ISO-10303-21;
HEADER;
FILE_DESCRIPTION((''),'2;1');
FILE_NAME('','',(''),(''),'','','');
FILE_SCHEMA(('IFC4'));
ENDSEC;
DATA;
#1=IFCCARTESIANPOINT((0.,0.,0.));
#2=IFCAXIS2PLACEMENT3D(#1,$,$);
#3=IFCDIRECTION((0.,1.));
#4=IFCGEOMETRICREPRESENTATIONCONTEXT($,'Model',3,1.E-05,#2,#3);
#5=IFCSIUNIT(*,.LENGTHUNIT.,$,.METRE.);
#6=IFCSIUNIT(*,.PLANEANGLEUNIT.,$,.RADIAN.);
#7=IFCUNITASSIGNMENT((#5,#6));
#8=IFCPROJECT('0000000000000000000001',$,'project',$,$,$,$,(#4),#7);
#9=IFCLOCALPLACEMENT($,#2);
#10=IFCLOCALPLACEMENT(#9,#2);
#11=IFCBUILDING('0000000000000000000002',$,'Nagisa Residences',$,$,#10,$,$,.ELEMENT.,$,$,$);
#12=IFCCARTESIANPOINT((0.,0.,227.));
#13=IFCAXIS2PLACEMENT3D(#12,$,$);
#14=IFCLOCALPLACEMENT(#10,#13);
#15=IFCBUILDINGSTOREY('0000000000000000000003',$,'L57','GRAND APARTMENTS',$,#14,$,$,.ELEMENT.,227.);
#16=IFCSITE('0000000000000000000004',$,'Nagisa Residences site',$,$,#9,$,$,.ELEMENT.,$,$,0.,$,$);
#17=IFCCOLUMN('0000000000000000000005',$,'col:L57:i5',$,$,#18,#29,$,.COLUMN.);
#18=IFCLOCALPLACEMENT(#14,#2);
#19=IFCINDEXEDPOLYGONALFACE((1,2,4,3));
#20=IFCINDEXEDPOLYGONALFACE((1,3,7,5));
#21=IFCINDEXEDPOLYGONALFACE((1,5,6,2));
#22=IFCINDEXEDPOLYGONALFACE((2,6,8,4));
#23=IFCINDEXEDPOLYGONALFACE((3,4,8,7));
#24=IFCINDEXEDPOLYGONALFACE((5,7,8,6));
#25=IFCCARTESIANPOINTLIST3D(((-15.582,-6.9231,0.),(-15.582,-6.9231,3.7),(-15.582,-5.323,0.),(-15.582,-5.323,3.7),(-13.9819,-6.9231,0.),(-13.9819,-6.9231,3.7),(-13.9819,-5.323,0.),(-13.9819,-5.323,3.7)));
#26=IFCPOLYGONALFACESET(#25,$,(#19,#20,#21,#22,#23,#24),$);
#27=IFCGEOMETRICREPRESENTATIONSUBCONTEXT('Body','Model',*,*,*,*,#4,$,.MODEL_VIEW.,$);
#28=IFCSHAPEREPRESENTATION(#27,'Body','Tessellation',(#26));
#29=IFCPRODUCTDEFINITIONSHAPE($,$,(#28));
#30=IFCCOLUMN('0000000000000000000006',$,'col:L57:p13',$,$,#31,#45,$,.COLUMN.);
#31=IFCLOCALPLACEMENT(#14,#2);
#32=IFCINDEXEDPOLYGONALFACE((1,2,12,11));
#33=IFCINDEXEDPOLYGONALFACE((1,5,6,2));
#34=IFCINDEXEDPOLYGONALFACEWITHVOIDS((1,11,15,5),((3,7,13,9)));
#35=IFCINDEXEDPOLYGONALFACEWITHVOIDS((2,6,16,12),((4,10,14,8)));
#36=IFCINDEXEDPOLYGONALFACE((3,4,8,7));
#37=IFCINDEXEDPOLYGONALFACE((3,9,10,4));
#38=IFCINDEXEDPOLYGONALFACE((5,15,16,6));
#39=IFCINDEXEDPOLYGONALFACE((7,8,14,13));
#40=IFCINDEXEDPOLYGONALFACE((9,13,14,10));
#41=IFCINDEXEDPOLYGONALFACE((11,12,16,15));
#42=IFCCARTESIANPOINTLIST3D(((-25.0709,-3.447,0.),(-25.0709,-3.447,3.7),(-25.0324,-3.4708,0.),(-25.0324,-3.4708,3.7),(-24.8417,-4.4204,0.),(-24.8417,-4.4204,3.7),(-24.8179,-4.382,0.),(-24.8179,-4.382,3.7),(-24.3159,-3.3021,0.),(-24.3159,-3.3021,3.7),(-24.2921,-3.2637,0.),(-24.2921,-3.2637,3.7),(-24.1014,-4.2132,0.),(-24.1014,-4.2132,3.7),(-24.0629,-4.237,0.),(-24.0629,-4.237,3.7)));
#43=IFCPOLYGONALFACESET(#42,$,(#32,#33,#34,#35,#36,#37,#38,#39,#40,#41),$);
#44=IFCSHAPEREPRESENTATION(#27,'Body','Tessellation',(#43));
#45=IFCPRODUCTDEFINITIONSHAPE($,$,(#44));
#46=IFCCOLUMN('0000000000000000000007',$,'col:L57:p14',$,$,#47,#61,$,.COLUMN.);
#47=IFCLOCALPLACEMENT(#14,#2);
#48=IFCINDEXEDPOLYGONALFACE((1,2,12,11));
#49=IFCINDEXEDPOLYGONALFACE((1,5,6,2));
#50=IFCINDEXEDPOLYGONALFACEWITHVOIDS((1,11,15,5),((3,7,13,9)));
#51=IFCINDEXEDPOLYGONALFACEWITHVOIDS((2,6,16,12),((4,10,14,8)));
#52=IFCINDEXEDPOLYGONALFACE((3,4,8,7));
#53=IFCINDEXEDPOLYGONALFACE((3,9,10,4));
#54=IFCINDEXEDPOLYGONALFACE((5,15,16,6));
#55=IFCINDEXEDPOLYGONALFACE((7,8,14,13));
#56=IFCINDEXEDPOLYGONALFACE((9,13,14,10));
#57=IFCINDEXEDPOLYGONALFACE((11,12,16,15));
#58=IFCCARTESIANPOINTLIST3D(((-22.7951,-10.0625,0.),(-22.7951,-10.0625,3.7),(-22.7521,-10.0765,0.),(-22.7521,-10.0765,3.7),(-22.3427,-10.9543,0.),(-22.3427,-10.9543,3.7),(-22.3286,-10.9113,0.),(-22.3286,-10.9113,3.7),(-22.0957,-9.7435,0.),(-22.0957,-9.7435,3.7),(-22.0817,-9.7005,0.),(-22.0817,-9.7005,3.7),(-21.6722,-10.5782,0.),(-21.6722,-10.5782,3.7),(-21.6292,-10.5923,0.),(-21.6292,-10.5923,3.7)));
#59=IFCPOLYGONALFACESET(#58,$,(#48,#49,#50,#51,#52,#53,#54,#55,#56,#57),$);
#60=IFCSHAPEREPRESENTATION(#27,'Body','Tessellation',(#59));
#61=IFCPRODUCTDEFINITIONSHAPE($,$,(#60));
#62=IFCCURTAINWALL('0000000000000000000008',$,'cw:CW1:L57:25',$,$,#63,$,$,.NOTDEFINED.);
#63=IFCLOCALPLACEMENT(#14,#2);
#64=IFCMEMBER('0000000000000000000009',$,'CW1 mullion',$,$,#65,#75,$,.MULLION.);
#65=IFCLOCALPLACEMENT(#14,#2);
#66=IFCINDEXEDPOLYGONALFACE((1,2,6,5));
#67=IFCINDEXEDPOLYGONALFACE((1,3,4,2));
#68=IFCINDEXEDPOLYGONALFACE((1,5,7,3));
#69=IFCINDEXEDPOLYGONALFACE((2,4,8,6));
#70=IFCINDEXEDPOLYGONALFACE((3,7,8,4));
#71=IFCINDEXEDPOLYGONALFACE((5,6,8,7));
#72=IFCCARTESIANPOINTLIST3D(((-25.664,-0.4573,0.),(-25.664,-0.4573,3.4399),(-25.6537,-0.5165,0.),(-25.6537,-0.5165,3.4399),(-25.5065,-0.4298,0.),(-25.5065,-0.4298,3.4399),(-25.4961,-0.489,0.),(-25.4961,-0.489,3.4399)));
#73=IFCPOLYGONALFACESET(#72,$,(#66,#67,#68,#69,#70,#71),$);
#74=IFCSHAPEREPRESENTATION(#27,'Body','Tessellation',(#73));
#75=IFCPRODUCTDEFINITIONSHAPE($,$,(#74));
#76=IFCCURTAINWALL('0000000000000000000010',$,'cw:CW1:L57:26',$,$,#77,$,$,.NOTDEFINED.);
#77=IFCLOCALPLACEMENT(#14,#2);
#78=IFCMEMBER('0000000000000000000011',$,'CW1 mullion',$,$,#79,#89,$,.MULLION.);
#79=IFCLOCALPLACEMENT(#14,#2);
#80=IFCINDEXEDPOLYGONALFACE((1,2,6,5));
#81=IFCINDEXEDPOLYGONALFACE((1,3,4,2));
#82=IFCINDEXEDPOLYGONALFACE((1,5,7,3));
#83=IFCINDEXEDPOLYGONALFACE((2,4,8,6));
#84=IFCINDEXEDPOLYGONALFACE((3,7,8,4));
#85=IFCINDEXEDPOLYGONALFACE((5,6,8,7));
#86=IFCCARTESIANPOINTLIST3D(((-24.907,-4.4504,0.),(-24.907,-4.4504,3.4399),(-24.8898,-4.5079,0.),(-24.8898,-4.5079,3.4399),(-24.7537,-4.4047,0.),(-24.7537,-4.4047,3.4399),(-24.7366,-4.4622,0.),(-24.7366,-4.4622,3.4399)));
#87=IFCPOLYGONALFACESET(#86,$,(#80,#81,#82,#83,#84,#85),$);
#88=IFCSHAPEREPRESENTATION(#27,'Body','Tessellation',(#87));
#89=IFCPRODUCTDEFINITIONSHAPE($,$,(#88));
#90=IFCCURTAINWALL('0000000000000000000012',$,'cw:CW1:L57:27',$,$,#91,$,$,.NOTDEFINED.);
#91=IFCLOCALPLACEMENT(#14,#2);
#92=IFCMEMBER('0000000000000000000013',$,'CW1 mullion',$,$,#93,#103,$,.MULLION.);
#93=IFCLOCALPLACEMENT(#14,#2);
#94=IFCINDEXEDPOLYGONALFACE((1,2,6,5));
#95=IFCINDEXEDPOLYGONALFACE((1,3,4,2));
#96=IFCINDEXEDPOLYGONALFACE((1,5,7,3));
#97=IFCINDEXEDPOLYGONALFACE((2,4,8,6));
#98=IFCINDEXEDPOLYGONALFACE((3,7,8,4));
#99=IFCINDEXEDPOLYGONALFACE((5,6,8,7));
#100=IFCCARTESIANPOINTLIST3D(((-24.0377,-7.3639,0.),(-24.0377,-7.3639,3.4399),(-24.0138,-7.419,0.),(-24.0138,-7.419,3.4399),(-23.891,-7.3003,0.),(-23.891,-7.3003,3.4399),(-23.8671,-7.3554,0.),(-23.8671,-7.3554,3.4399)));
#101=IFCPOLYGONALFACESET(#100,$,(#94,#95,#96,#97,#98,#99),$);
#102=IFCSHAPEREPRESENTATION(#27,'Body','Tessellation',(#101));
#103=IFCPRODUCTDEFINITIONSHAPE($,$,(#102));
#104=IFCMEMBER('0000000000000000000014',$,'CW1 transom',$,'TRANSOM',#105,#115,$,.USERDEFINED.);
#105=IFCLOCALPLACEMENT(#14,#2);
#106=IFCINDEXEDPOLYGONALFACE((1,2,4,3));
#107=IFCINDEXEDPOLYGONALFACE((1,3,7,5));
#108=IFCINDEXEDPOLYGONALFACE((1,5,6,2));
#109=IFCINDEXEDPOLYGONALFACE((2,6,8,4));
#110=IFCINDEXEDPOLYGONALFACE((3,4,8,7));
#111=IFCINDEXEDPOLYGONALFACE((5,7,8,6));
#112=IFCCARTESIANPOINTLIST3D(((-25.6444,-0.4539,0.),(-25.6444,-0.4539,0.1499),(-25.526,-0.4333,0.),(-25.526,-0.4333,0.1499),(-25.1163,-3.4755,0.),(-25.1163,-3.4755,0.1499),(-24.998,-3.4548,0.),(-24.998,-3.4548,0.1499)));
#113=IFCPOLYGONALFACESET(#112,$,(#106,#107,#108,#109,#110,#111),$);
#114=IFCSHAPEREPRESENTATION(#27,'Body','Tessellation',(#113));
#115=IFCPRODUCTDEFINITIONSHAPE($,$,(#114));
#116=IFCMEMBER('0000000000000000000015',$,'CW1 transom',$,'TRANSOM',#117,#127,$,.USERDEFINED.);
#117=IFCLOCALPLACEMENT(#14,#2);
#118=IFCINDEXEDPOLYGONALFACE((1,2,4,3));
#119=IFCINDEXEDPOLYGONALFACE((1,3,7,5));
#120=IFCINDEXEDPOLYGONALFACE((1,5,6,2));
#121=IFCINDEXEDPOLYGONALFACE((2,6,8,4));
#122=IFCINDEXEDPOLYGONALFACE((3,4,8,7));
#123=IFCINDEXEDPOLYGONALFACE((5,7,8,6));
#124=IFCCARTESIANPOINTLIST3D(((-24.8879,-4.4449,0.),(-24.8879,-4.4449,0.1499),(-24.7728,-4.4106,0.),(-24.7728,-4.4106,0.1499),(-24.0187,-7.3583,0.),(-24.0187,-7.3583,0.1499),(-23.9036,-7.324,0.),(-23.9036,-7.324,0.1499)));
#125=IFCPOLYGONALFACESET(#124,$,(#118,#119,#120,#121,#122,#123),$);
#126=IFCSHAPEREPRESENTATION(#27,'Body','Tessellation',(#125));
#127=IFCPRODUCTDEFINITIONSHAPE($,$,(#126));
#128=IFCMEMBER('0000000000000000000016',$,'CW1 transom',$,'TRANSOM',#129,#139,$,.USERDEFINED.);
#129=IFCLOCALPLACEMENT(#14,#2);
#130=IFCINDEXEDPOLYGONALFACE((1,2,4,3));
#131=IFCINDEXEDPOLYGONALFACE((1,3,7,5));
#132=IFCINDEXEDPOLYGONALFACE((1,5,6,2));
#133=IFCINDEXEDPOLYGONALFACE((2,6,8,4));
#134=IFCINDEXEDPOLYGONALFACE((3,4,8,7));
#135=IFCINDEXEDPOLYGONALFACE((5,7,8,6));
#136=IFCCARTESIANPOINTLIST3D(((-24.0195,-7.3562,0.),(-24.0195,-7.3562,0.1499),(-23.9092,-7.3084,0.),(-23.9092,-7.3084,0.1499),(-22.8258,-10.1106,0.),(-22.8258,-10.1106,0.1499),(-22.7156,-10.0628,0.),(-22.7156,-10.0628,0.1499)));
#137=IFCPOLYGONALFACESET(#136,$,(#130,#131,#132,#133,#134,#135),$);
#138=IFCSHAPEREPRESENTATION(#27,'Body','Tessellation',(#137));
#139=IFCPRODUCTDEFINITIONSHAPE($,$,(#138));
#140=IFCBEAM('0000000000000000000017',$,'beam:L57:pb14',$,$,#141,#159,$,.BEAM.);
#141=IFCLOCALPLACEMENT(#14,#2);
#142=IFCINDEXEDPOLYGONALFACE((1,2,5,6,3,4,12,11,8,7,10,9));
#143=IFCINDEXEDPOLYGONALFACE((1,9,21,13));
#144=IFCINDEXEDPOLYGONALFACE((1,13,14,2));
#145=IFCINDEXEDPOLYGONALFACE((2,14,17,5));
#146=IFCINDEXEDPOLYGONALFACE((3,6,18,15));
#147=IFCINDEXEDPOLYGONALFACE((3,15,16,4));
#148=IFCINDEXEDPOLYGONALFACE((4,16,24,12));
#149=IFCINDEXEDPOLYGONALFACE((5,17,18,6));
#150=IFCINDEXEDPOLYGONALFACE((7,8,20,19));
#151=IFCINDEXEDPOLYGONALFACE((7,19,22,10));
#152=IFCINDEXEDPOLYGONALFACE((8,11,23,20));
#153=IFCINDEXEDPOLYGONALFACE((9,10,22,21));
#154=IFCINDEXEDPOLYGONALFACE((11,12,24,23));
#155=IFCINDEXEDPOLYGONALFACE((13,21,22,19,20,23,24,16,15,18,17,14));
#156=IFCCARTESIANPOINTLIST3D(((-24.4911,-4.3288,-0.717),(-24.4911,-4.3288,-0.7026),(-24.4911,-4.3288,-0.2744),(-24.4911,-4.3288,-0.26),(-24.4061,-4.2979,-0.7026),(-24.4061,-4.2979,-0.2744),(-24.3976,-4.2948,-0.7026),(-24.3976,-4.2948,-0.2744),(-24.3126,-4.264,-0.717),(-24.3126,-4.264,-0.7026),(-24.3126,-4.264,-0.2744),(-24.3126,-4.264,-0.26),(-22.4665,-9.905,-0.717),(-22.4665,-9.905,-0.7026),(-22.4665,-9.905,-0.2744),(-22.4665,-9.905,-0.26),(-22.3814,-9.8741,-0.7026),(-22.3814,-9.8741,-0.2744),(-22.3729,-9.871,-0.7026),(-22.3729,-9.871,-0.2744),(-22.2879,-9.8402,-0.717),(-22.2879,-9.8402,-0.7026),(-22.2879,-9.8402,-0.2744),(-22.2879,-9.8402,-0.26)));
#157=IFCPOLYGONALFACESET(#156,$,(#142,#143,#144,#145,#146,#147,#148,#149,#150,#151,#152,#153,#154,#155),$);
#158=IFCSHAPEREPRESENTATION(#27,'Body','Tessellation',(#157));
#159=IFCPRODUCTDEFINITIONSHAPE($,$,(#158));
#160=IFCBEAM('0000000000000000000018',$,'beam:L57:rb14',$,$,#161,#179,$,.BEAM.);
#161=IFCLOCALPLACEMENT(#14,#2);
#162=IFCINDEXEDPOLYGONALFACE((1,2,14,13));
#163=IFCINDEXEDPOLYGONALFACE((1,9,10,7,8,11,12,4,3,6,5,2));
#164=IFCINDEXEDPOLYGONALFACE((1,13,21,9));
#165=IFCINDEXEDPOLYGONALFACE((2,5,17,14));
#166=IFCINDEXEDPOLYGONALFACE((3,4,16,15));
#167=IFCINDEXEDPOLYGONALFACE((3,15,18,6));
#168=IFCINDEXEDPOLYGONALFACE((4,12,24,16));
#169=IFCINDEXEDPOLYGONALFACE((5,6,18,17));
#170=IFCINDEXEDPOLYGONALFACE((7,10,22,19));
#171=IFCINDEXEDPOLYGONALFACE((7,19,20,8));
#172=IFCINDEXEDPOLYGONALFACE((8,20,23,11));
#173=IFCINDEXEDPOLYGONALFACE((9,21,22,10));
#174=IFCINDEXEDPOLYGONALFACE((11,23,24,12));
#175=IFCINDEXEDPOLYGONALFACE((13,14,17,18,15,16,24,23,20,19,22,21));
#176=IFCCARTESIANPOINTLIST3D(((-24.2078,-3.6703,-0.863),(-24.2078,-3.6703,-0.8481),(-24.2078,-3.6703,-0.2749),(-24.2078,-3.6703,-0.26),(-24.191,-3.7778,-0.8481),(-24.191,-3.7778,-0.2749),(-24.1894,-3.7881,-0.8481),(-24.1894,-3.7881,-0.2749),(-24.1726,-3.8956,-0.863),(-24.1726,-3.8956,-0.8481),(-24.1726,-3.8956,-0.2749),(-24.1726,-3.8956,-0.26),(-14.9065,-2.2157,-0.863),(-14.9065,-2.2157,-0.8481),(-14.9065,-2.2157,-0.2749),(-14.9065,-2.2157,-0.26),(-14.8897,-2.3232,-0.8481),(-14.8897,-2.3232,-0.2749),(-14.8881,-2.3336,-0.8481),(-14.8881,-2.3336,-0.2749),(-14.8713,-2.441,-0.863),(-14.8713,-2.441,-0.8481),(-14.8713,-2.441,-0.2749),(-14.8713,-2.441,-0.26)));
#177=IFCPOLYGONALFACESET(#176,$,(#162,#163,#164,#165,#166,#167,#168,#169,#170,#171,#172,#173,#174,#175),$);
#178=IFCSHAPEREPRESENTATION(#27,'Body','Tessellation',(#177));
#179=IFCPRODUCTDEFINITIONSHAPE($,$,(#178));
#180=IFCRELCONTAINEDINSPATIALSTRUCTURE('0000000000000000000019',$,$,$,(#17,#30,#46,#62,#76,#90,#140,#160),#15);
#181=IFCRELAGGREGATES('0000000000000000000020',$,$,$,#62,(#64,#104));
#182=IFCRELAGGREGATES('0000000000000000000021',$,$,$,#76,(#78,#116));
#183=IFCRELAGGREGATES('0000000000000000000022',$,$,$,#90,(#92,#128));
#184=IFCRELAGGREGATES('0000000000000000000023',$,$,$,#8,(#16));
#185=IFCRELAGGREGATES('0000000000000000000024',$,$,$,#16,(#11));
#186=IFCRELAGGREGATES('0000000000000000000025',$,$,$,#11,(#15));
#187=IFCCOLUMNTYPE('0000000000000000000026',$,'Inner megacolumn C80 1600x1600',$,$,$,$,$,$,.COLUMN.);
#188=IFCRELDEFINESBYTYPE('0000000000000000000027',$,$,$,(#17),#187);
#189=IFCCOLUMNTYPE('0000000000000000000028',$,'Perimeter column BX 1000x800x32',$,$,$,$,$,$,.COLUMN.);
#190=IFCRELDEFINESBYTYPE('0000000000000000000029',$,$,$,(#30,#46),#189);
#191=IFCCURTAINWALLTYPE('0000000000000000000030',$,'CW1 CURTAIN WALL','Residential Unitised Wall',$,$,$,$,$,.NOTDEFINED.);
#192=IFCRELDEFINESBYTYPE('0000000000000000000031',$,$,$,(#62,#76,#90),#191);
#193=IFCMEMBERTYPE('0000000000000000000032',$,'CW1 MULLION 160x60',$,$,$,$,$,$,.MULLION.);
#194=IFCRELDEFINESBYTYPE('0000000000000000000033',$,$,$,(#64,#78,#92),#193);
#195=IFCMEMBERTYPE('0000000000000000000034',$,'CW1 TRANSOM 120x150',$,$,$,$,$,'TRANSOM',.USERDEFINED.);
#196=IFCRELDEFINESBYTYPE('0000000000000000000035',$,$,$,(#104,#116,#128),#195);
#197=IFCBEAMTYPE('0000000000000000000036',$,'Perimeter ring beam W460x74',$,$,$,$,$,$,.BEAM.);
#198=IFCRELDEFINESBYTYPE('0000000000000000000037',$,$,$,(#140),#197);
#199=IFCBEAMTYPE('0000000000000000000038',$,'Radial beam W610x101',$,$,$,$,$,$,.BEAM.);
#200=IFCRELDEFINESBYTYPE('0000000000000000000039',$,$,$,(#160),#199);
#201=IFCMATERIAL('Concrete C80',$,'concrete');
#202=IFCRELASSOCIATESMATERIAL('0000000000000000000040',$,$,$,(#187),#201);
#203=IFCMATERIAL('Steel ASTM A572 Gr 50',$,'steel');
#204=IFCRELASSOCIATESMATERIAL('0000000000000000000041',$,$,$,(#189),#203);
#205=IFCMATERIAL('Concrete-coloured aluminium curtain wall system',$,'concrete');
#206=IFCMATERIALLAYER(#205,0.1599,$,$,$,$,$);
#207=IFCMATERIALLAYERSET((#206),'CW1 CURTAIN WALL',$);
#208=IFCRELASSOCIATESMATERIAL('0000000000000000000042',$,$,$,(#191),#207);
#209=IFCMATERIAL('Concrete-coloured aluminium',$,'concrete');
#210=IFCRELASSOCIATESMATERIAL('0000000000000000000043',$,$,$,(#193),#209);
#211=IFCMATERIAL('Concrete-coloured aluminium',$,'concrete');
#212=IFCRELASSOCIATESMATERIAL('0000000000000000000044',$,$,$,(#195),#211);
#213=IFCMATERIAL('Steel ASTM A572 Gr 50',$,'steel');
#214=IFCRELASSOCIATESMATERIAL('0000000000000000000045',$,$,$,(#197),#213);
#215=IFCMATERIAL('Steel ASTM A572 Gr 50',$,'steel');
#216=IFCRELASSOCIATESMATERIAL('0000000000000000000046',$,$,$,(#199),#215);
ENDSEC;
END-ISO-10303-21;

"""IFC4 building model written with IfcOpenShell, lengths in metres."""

from ifc_helpers import new_model, si_unit, direction, frame, origin, origin_2d, place, context, subcontext, project, spatial, rectangle, hollow_rectangle, i_section, extrude, material, layer, layer_set, material_profile, profile_set, type_object, element, aggregate, save


model = new_model("IFC4")

# Units and contexts
model_context = context("Model", 3, precision=1e-05, world=origin(), true_north=direction((0.0, 1.0)))
body_context = subcontext(model_context, "Body", "Model", "MODEL_VIEW")
ifc_project = project(units=[si_unit("LENGTHUNIT", "METRE"), si_unit("PLANEANGLEUNIT", "RADIAN")], contexts=[model_context])

# Site, building, storey
site_placement = place(None, origin())
site = spatial("IfcSite", under=ifc_project, at=site_placement, Name="Nagisa Residences site", CompositionType="ELEMENT", RefElevation=0.0)
building_placement = place(site_placement, origin())
building = spatial("IfcBuilding", under=site, at=building_placement, Name="Nagisa Residences", CompositionType="ELEMENT")
storey_placement = place(building_placement, frame((0.0, 0.0, 227.0)))
storey = spatial("IfcBuildingStorey", under=building, at=storey_placement, Name="L57", Description="GRAND APARTMENTS", CompositionType="ELEMENT", Elevation=227.0)

# Columns
ifc_material_1 = material(Name="Concrete C80", Category="concrete")
ifc_material_profile_1 = material_profile(ifc_material_1, rectangle(XDim=1.6001, YDim=1.6001, at=origin_2d()), Name="C80 1600x1600")
ifc_profile_set_1 = profile_set([ifc_material_profile_1], Name="Concrete C80")
column_type_1 = type_object("IfcColumnType", Name="Inner megacolumn C80 1600x1600", PredefinedType="COLUMN", material=ifc_profile_set_1)
column_placement = place(storey_placement, frame((-14.782, -6.123, 0.0), z_axis=(0.0, 0.0, 1.0), x_axis=(1.0, 0.0, 0.0)))
element("IfcColumn", 1, at=column_placement, inside=storey, type_object=column_type_1, Name="col:L57:i5", PredefinedType="COLUMN", context=body_context, shape_type="SweptSolid", body=[
    extrude(rectangle(XDim=1.6001, YDim=1.6001, at=origin_2d()), origin(), (0.0, 0.0, 1.0), 3.7),
])
ifc_material_2 = material(Name="Steel ASTM A572 Gr 50", Category="steel")
ifc_material_profile_2 = material_profile(ifc_material_2, hollow_rectangle(XDim=1.0, YDim=0.8, WallThickness=0.032, at=origin_2d()), Name="BX 1000x800x32")
ifc_profile_set_2 = profile_set([ifc_material_profile_2], Name="Steel ASTM A572 Gr 50")
column_type_2 = type_object("IfcColumnType", Name="Perimeter column BX 1000x800x32", PredefinedType="COLUMN", material=ifc_profile_set_2)
for number, where, z_axis, x_axis, name in (
    (2, (-24.5669, -3.842, 0.0), (0.0, 0.0, 1.0), (0.229202, -0.973379, 0.0), "col:L57:p13"),
    (3, (-22.2122, -10.3274, 0.0), (0.0, 0.0, 1.0), (0.452463, -0.891783, 0.0), "col:L57:p14"),
):
    element("IfcColumn", number, at=place(storey_placement, frame(where, z_axis=z_axis, x_axis=x_axis)), inside=storey, type_object=column_type_2, Name=name, PredefinedType="COLUMN", context=body_context, shape_type="SweptSolid", body=[
        extrude(hollow_rectangle(XDim=1.0, YDim=0.8, WallThickness=0.032, at=origin_2d()), origin(), (0.0, 0.0, 1.0), 3.7),
    ])

# Curtain walls, members
ifc_material_3 = material(Name="Concrete-coloured aluminium curtain wall system", Category="concrete")
ifc_layer_1 = layer(ifc_material_3, 0.1599)
ifc_layer_set_1 = layer_set([ifc_layer_1], Name="CW1 CURTAIN WALL")
curtain_wall_type = type_object("IfcCurtainWallType", Name="CW1 CURTAIN WALL", Description="Residential Unitised Wall", PredefinedType="NOTDEFINED", material=ifc_layer_set_1)
curtain_wall_1_placement = place(storey_placement, origin())
curtain_wall_1 = element("IfcCurtainWall", 4, at=curtain_wall_1_placement, inside=storey, type_object=curtain_wall_type, Name="cw:CW1:L57:25", PredefinedType="NOTDEFINED")
ifc_material_4 = material(Name="Concrete-coloured aluminium", Category="concrete")
ifc_material_profile_3 = material_profile(ifc_material_4, rectangle(XDim=0.1599, YDim=0.0601, at=origin_2d()), Name="CW1 MULLION 160x60")
ifc_profile_set_3 = profile_set([ifc_material_profile_3], Name="Concrete-coloured aluminium")
member_type_1 = type_object("IfcMemberType", Name="CW1 MULLION 160x60", PredefinedType="MULLION", material=ifc_profile_set_3)
member_1_placement = place(storey_placement, frame((-25.5801, -0.4731, 0.0), z_axis=(0.0, 0.0, 1.0), x_axis=(0.985064, 0.172191, 0.0)))
member_1 = element("IfcMember", 5, at=member_1_placement, type_object=member_type_1, Name="CW1 mullion", PredefinedType="MULLION", context=body_context, shape_type="SweptSolid", body=[
    extrude(rectangle(XDim=0.1599, YDim=0.0601, at=origin_2d()), origin(), (0.0, 0.0, 1.0), 3.4399),
])
curtain_wall_2_placement = place(storey_placement, origin())
curtain_wall_2 = element("IfcCurtainWall", 6, at=curtain_wall_2_placement, inside=storey, type_object=curtain_wall_type, Name="cw:CW1:L57:26", PredefinedType="NOTDEFINED")
member_2_placement = place(storey_placement, frame((-24.8218, -4.4563, 0.0), z_axis=(0.0, 0.0, 1.0), x_axis=(0.958271, 0.28586, 0.0)))
member_2 = element("IfcMember", 7, at=member_2_placement, type_object=member_type_1, Name="CW1 mullion", PredefinedType="MULLION", context=body_context, shape_type="SweptSolid", body=[
    extrude(rectangle(XDim=0.1599, YDim=0.0601, at=origin_2d()), origin(), (0.0, 0.0, 1.0), 3.4399),
])
curtain_wall_3_placement = place(storey_placement, origin())
curtain_wall_3 = element("IfcCurtainWall", 8, at=curtain_wall_3_placement, inside=storey, type_object=curtain_wall_type, Name="cw:CW1:L57:27", PredefinedType="NOTDEFINED")
member_3_placement = place(storey_placement, frame((-23.9524, -7.3596, 0.0), z_axis=(0.0, 0.0, 1.0), x_axis=(0.917543, 0.397636, 0.0)))
member_3 = element("IfcMember", 9, at=member_3_placement, type_object=member_type_1, Name="CW1 mullion", PredefinedType="MULLION", context=body_context, shape_type="SweptSolid", body=[
    extrude(rectangle(XDim=0.1599, YDim=0.0601, at=origin_2d()), origin(), (0.0, 0.0, 1.0), 3.4399),
])

# Members
ifc_material_5 = material(Name="Concrete-coloured aluminium", Category="concrete")
ifc_material_profile_4 = material_profile(ifc_material_5, rectangle(XDim=0.1201, YDim=0.1499, at=origin_2d()), Name="CW1 TRANSOM 120x150")
ifc_profile_set_4 = profile_set([ifc_material_profile_4], Name="Concrete-coloured aluminium")
member_type_2 = type_object("IfcMemberType", Name="CW1 TRANSOM 120x150", ElementType="TRANSOM", PredefinedType="USERDEFINED", material=ifc_profile_set_4)
member_4_placement = place(storey_placement, frame((-25.5852, -0.4436, 0.075), z_axis=(0.172164, -0.985068, 0.0), x_axis=(0.985068, 0.172164, 0.0)))
member_4 = element("IfcMember", 10, at=member_4_placement, type_object=member_type_2, Name="CW1 transom", ObjectType="TRANSOM", PredefinedType="USERDEFINED", context=body_context, shape_type="SweptSolid", body=[
    extrude(rectangle(XDim=0.1201, YDim=0.1499, at=origin_2d()), origin(), (0.0, 0.0, 1.0), 3.0674),
])
member_5_placement = place(storey_placement, frame((-24.8303, -4.4277, 0.075), z_axis=(0.285881, -0.958265, 0.0), x_axis=(0.958265, 0.285881, 0.0)))
member_5 = element("IfcMember", 11, at=member_5_placement, type_object=member_type_2, Name="CW1 transom", ObjectType="TRANSOM", PredefinedType="USERDEFINED", context=body_context, shape_type="SweptSolid", body=[
    extrude(rectangle(XDim=0.1201, YDim=0.1499, at=origin_2d()), origin(), (0.0, 0.0, 1.0), 3.0403),
])
member_6_placement = place(storey_placement, frame((-23.9644, -7.3323, 0.075), z_axis=(0.397617, -0.917552, 0.0), x_axis=(0.917552, 0.397617, 0.0)))
member_6 = element("IfcMember", 12, at=member_6_placement, type_object=member_type_2, Name="CW1 transom", ObjectType="TRANSOM", PredefinedType="USERDEFINED", context=body_context, shape_type="SweptSolid", body=[
    extrude(rectangle(XDim=0.1201, YDim=0.1499, at=origin_2d()), origin(), (0.0, 0.0, 1.0), 3.002),
])

# Beams
ifc_material_6 = material(Name="Steel ASTM A572 Gr 50", Category="steel")
ifc_material_profile_5 = material_profile(ifc_material_6, i_section(OverallWidth=0.1899, OverallDepth=0.457, WebThickness=0.009, FlangeThickness=0.0144, at=origin_2d()), Name="W460x74")
ifc_profile_set_5 = profile_set([ifc_material_profile_5], Name="Steel ASTM A572 Gr 50")
beam_type_1 = type_object("IfcBeamType", Name="Perimeter ring beam W460x74", PredefinedType="BEAM", material=ifc_profile_set_5)
beam_1_placement = place(storey_placement, frame((-24.4019, -4.2964, -0.4885), z_axis=(0.34129, -0.939958, 0.0), x_axis=(0.939958, 0.34129, 0.0)))
element("IfcBeam", 13, at=beam_1_placement, inside=storey, type_object=beam_type_1, Name="beam:L57:pb14", PredefinedType="BEAM", context=body_context, shape_type="SweptSolid", body=[
    extrude(i_section(OverallWidth=0.1899, OverallDepth=0.457, WebThickness=0.009, FlangeThickness=0.0144, at=origin_2d()), origin(), (0.0, 0.0, 1.0), 5.9324),
])
ifc_material_7 = material(Name="Steel ASTM A572 Gr 50", Category="steel")
ifc_material_profile_6 = material_profile(ifc_material_7, i_section(OverallWidth=0.228, OverallDepth=0.603, WebThickness=0.0105, FlangeThickness=0.0149, at=origin_2d()), Name="W610x101")
ifc_profile_set_6 = profile_set([ifc_material_profile_6], Name="Steel ASTM A572 Gr 50")
beam_type_2 = type_object("IfcBeamType", Name="Radial beam W610x101", PredefinedType="BEAM", material=ifc_profile_set_6)
beam_2_placement = place(storey_placement, frame((-24.1902, -3.783, -0.5615), z_axis=(0.987992, 0.154508, 0.0), x_axis=(-0.154508, 0.987992, 0.0)))
element("IfcBeam", 14, at=beam_2_placement, inside=storey, type_object=beam_type_2, Name="beam:L57:rb14", PredefinedType="BEAM", context=body_context, shape_type="SweptSolid", body=[
    extrude(i_section(OverallWidth=0.228, OverallDepth=0.603, WebThickness=0.0105, FlangeThickness=0.0149, at=origin_2d()), origin(), (0.0, 0.0, 1.0), 9.4143),
])

aggregate(curtain_wall_1, [member_1, member_4])
aggregate(curtain_wall_2, [member_2, member_5])
aggregate(curtain_wall_3, [member_3, member_6])

save(model, "model.ifc")
